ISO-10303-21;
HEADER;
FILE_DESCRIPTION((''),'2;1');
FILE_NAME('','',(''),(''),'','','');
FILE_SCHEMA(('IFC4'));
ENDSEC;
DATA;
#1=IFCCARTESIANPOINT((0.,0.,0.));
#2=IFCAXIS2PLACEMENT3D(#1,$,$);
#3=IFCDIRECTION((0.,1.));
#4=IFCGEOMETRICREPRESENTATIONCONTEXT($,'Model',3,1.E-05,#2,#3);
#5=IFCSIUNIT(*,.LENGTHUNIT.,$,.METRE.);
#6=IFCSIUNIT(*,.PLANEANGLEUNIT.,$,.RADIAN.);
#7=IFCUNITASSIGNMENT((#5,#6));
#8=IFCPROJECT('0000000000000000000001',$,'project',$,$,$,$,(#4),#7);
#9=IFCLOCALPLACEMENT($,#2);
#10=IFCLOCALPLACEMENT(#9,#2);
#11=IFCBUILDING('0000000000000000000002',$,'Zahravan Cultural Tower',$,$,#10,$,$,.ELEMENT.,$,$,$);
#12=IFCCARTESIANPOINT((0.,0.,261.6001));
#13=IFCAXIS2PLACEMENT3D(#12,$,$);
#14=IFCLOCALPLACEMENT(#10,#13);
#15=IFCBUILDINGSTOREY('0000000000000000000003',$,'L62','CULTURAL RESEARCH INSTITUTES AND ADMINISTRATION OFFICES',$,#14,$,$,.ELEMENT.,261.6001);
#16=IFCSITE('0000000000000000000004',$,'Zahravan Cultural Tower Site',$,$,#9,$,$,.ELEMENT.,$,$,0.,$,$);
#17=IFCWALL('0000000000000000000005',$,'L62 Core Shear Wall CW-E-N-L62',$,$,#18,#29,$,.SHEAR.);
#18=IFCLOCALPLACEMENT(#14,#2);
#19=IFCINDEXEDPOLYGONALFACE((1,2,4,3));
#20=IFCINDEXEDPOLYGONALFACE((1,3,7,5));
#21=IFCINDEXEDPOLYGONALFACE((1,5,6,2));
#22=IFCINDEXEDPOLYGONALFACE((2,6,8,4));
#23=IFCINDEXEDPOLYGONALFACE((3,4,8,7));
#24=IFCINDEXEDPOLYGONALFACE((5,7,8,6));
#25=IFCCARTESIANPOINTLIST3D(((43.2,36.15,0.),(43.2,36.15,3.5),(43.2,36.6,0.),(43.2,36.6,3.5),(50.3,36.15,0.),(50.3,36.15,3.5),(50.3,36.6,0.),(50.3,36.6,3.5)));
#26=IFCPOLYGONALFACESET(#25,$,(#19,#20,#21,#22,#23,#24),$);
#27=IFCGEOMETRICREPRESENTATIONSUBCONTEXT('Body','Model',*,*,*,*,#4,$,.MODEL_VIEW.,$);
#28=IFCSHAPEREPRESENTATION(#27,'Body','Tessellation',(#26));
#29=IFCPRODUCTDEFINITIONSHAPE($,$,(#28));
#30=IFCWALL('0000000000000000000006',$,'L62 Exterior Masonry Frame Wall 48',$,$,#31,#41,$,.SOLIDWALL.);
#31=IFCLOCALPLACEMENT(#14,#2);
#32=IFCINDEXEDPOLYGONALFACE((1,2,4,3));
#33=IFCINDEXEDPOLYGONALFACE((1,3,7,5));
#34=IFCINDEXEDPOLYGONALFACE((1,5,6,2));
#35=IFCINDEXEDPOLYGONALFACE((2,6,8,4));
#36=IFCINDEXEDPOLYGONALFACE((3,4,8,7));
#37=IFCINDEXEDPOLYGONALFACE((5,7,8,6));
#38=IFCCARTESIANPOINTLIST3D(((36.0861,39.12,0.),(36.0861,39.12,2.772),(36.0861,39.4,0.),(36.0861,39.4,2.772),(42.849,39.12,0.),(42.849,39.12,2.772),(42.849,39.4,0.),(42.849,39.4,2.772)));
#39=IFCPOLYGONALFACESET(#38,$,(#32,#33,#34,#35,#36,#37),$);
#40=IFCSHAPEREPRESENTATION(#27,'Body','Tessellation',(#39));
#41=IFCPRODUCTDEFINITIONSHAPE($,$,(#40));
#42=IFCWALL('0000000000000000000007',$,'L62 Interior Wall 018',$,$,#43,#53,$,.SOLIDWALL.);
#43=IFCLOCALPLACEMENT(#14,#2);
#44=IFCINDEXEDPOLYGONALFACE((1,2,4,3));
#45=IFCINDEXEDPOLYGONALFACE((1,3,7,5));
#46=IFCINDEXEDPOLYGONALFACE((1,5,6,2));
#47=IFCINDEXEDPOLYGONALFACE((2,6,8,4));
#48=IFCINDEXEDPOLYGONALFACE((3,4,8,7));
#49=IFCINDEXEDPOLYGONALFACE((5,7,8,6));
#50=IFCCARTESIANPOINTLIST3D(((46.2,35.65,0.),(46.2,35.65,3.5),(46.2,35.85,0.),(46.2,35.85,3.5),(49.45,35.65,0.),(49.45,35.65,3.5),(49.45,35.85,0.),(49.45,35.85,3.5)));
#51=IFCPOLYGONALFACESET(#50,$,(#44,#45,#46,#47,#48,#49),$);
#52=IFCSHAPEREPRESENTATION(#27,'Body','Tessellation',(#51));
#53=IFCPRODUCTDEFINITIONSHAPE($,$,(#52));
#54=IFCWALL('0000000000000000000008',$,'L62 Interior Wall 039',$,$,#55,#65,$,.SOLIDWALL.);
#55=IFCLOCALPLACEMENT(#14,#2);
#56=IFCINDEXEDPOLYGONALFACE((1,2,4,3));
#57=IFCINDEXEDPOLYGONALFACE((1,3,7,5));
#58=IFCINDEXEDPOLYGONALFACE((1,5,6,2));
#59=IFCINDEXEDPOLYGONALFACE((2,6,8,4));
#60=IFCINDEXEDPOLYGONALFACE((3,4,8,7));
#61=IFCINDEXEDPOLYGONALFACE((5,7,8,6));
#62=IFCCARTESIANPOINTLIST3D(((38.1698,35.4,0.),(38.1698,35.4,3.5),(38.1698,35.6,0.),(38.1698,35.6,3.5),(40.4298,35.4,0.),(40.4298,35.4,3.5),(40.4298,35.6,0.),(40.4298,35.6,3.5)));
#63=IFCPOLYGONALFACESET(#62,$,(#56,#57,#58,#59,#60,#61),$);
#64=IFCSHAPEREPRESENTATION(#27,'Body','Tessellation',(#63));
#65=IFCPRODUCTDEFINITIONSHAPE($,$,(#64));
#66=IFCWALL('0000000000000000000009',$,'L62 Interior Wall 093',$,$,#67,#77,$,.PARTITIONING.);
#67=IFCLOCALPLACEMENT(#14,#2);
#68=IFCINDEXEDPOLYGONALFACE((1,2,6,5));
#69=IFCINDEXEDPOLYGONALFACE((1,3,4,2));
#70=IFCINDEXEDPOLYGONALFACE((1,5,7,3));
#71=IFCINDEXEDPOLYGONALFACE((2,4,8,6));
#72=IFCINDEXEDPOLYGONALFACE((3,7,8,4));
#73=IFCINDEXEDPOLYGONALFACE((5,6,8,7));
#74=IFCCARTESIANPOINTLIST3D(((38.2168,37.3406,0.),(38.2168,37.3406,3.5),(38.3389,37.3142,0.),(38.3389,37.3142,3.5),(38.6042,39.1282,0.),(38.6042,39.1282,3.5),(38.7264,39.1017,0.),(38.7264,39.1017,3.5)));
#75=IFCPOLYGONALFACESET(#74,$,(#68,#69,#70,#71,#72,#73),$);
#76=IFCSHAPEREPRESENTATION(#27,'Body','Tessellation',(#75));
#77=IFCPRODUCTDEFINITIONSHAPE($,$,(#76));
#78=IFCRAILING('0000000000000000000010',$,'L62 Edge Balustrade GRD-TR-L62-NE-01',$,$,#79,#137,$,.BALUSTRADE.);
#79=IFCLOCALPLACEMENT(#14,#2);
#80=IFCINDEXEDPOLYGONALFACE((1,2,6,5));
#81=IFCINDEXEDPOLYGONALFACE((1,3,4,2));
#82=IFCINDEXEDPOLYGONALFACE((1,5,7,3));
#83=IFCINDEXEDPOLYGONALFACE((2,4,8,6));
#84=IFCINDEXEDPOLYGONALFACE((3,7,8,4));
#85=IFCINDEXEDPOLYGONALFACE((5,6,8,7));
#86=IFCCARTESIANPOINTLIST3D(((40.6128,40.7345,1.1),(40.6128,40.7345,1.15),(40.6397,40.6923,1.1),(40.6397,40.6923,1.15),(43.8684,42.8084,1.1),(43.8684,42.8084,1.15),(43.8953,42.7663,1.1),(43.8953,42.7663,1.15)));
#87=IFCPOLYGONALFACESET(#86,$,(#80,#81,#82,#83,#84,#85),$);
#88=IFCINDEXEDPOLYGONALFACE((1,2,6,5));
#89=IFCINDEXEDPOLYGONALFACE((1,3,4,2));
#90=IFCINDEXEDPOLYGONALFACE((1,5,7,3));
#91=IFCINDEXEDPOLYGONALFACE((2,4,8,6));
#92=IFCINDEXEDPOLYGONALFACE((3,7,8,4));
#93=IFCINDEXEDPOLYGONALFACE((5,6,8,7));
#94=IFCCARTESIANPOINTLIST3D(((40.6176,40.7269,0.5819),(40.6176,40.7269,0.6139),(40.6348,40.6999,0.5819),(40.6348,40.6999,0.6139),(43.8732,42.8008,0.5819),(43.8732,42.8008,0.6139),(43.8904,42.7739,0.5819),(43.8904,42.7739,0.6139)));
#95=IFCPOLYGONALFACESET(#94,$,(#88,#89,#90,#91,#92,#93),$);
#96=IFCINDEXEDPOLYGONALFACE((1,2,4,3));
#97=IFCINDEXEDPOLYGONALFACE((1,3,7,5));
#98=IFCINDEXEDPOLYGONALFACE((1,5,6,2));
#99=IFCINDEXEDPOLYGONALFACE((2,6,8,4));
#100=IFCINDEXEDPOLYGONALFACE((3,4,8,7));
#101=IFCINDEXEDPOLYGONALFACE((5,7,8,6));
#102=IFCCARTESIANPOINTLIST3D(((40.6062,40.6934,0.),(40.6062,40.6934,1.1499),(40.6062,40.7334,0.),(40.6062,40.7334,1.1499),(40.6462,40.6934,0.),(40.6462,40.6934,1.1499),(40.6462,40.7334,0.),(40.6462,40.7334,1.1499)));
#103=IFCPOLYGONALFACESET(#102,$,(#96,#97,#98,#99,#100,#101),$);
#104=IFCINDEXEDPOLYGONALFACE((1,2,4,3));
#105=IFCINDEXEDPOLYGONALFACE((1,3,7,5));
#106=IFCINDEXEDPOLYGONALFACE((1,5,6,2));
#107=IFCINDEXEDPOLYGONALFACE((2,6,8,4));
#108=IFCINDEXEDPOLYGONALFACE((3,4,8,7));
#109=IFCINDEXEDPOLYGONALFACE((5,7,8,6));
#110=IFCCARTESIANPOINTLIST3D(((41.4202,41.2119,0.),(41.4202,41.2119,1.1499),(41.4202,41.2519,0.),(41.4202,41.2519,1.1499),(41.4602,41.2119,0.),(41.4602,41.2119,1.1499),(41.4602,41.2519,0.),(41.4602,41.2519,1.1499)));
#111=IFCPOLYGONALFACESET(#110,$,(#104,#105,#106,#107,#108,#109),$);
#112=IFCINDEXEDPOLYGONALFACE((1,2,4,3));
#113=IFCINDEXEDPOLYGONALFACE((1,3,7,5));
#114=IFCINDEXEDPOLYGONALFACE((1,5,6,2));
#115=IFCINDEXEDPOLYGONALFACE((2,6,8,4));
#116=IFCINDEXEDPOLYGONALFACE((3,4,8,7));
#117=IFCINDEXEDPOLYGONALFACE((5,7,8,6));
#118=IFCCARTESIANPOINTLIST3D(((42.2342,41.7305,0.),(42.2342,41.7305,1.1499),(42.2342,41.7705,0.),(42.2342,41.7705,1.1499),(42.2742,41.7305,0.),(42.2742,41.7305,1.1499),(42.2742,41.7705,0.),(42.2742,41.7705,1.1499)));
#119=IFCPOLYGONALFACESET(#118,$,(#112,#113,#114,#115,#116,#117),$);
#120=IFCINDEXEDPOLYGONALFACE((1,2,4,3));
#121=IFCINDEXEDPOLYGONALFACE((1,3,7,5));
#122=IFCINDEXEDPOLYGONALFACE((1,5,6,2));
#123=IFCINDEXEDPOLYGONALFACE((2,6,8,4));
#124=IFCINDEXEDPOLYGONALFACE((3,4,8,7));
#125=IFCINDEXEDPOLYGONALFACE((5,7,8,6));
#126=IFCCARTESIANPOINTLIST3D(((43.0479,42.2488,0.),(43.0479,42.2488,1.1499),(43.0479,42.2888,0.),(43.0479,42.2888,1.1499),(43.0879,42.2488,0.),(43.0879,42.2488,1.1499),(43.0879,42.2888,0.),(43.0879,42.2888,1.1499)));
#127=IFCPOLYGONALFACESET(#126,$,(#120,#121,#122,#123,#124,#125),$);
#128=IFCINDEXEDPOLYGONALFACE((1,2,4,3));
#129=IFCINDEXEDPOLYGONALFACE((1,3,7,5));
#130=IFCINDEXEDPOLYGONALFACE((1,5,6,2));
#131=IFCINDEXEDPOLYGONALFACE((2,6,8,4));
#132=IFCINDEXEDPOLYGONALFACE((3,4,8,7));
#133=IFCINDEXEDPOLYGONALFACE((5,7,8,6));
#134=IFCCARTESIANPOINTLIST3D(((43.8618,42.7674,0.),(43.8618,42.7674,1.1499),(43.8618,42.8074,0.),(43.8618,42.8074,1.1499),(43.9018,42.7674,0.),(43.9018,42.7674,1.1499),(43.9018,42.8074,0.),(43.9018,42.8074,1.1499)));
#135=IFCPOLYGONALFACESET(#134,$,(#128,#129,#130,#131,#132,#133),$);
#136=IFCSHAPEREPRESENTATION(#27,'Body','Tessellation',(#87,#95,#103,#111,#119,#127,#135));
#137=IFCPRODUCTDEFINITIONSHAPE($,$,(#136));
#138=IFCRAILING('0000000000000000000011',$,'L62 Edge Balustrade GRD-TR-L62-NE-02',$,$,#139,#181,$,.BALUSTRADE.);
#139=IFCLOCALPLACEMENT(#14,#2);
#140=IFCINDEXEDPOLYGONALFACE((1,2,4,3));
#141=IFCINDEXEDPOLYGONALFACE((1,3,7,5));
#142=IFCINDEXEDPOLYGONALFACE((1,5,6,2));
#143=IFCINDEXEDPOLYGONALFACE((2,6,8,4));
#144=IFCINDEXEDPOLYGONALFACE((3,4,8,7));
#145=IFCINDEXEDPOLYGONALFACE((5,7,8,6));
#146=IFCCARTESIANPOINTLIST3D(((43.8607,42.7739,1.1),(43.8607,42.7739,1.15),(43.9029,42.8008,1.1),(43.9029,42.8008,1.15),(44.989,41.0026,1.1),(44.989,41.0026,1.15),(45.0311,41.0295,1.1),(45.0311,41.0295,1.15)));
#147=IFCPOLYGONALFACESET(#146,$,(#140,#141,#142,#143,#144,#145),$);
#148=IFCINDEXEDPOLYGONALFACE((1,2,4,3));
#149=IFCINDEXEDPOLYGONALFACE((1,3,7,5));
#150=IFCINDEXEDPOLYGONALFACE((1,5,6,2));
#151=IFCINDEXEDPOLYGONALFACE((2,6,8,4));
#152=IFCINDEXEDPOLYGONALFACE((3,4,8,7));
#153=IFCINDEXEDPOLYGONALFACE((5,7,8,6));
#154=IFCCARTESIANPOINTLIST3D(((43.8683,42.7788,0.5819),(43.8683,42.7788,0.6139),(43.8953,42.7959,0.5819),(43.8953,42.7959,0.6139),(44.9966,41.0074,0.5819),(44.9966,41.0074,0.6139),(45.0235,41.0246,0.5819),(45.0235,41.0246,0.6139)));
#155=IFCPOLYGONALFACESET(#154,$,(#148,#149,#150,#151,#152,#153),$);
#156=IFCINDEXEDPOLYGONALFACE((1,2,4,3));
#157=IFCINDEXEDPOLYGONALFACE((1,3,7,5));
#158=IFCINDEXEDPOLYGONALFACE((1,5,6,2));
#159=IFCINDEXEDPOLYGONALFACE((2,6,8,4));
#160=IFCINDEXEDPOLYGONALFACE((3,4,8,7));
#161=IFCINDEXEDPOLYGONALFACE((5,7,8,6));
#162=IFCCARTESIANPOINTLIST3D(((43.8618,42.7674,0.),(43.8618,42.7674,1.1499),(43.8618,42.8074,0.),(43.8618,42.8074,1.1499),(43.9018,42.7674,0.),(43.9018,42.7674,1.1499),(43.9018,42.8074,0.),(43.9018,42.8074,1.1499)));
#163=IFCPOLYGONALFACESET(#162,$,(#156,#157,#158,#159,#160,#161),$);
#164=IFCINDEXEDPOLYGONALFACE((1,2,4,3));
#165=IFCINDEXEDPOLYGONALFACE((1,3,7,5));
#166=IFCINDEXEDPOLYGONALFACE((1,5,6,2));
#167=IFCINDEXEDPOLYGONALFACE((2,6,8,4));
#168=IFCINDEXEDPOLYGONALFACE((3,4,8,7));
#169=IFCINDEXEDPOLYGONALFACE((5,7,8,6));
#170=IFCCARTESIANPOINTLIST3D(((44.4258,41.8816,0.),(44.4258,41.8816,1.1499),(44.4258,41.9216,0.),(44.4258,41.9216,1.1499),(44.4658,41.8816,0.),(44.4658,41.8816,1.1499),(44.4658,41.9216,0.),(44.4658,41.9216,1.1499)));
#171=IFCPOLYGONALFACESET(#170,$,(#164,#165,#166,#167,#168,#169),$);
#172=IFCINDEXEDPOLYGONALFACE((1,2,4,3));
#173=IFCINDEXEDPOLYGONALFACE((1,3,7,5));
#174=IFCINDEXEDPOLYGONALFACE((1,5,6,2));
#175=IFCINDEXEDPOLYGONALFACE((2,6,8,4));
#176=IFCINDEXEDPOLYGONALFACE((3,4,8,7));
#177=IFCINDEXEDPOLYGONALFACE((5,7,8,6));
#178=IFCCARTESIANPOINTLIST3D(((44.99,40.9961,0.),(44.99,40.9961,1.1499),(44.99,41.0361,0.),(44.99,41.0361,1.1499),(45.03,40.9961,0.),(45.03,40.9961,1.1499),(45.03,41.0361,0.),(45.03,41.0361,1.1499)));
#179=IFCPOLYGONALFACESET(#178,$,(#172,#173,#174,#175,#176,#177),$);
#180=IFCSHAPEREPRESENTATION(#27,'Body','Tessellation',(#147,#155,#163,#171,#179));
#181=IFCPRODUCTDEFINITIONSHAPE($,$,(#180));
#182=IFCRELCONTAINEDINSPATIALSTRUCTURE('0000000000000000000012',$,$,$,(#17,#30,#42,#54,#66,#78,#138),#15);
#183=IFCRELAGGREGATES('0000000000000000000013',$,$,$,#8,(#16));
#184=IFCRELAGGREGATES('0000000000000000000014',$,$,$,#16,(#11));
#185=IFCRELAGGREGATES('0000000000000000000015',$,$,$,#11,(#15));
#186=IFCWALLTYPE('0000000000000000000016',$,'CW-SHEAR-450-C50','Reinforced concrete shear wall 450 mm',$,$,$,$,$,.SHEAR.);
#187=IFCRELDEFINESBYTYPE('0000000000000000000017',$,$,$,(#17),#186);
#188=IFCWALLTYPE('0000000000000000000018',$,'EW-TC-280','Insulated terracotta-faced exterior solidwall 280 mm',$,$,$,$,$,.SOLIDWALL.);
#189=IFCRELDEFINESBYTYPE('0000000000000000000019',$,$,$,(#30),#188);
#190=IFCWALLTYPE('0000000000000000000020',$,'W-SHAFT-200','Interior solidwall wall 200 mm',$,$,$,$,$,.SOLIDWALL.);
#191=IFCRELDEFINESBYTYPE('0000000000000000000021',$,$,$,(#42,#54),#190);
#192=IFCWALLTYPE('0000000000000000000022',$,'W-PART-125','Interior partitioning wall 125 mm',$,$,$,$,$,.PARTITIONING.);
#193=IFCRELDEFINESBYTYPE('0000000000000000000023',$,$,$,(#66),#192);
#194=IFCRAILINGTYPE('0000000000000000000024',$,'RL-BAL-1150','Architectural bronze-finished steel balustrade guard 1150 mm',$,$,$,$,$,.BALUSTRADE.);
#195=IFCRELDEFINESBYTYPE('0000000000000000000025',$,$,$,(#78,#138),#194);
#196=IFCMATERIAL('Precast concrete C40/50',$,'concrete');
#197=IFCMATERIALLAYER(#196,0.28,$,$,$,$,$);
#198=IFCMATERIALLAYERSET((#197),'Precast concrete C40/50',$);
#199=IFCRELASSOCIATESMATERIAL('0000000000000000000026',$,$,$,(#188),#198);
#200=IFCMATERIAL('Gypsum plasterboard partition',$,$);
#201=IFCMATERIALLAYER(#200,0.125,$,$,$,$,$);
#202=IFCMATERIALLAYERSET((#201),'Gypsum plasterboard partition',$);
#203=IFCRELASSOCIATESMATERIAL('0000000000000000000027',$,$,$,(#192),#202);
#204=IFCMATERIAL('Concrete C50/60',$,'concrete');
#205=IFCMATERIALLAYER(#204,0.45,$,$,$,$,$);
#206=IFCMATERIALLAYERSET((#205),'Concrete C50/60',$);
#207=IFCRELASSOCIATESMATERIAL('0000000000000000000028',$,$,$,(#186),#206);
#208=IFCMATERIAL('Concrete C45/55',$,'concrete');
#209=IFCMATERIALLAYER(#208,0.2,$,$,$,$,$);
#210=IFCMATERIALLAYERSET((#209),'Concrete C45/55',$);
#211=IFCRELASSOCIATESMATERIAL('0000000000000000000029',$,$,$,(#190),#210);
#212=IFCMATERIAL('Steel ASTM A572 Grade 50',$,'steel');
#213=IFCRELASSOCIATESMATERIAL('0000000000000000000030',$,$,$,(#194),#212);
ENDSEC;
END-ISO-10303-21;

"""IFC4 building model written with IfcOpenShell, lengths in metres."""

from ifc_helpers import new_model, si_unit, direction, frame, frame_2d, origin, origin_2d, place, context, subcontext, project, spatial, rectangle, extrude, source, transform, mapped, material, layer, layer_set, type_object, element, save


model = new_model("IFC4")

# Units and contexts
model_context = context("Model", 3, precision=1e-05, world=origin(), true_north=direction((0.0, 1.0)))
body_context = subcontext(model_context, "Body", "Model", "MODEL_VIEW")
ifc_project = project(units=[si_unit("LENGTHUNIT", "METRE"), si_unit("PLANEANGLEUNIT", "RADIAN")], contexts=[model_context])

# Site, building, storey
site_placement = place(None, origin())
site = spatial("IfcSite", under=ifc_project, at=site_placement, Name="Zahravan Cultural Tower Site", CompositionType="ELEMENT", RefElevation=0.0)
building_placement = place(site_placement, origin())
building = spatial("IfcBuilding", under=site, at=building_placement, Name="Zahravan Cultural Tower", CompositionType="ELEMENT")
storey_placement = place(building_placement, frame((0.0, 0.0, 261.6001)))
storey = spatial("IfcBuildingStorey", under=building, at=storey_placement, Name="L62", Description="CULTURAL RESEARCH INSTITUTES AND ADMINISTRATION OFFICES", CompositionType="ELEMENT", Elevation=261.6001)

# Shared definitions
ifc_material_1 = material(Name="Concrete C50/60", Category="concrete")

# Shared definitions
ifc_material_2 = material(Name="Concrete C45/55", Category="concrete")

# Shared definitions
ifc_material_3 = material(Name="Precast concrete C40/50", Category="concrete")
ifc_layer_1 = layer(ifc_material_3, 0.28)
ifc_layer_set_1 = layer_set([ifc_layer_1], Name="Precast concrete C40/50")
wall_type_1 = type_object("IfcWallType", Name="EW-TC-280", Description="Insulated terracotta-faced exterior solidwall 280 mm", PredefinedType="SOLIDWALL", material=ifc_layer_set_1)
ifc_material_4 = material(Name="Gypsum plasterboard partition")
ifc_layer_2 = layer(ifc_material_4, 0.125)
ifc_layer_set_2 = layer_set([ifc_layer_2], Name="Gypsum plasterboard partition")
wall_type_2 = type_object("IfcWallType", Name="W-PART-125", Description="Interior partitioning wall 125 mm", PredefinedType="PARTITIONING", material=ifc_layer_set_2)

# Walls
ifc_layer_3 = layer(ifc_material_1, 0.45)
ifc_layer_set_3 = layer_set([ifc_layer_3], Name="Concrete C50/60")
wall_type_3 = type_object("IfcWallType", Name="CW-SHEAR-450-C50", Description="Reinforced concrete shear wall 450 mm", PredefinedType="SHEAR", material=ifc_layer_set_3)
shared_shape_1 = source(origin(), body_context, "Body", "SweptSolid", [
    extrude(rectangle(XDim=7.1001, YDim=0.45, at=frame_2d((3.55, 0.0))), origin(), (0.0, 0.0, 1.0), 3.5),
])
wall_1_placement = place(storey_placement, frame((43.2, 36.375, 0.0), z_axis=(0.0, 0.0, 1.0), x_axis=(1.0, 0.0, 0.0)))
element("IfcWall", 1, at=wall_1_placement, inside=storey, type_object=wall_type_3, Name="L62 Core Shear Wall CW-E-N-L62", PredefinedType="SHEAR", context=body_context, shape_type="MappedRepresentation", body=[
    mapped(shared_shape_1, transform((0.0, 0.0, 0.0), x_axis=(1.0, 0.0, 0.0), y_axis=(0.0, 1.0, 0.0), z_axis=(0.0, 0.0, 1.0), scale=1.0)),
])
shared_shape_2 = source(origin(), body_context, "Body", "SweptSolid", [
    extrude(rectangle(XDim=6.7629, YDim=0.28, at=frame_2d((3.3813, 0.0))), origin(), (0.0, 0.0, 1.0), 2.772),
])
wall_2_placement = place(storey_placement, frame((36.0862, 39.26, 0.0), z_axis=(0.0, 0.0, 1.0), x_axis=(1.0, 0.0, 0.0)))
element("IfcWall", 2, at=wall_2_placement, inside=storey, type_object=wall_type_1, Name="L62 Exterior Masonry Frame Wall 48", PredefinedType="SOLIDWALL", context=body_context, shape_type="MappedRepresentation", body=[
    mapped(shared_shape_2, transform((0.0, 0.0, 0.0), x_axis=(1.0, 0.0, 0.0), y_axis=(0.0, 1.0, 0.0), z_axis=(0.0, 0.0, 1.0), scale=1.0)),
])
ifc_layer_4 = layer(ifc_material_2, 0.2)
ifc_layer_set_4 = layer_set([ifc_layer_4], Name="Concrete C45/55")
wall_type_4 = type_object("IfcWallType", Name="W-SHAFT-200", Description="Interior solidwall wall 200 mm", PredefinedType="SOLIDWALL", material=ifc_layer_set_4)
shared_shape_3 = source(origin(), body_context, "Body", "SweptSolid", [
    extrude(rectangle(XDim=3.25, YDim=0.2, at=frame_2d((1.625, 0.0))), origin(), (0.0, 0.0, 1.0), 3.5),
])
wall_3_placement = place(storey_placement, frame((46.2, 35.75, 0.0), z_axis=(0.0, 0.0, 1.0), x_axis=(1.0, 0.0, 0.0)))
element("IfcWall", 3, at=wall_3_placement, inside=storey, type_object=wall_type_4, Name="L62 Interior Wall 018", PredefinedType="SOLIDWALL", context=body_context, shape_type="MappedRepresentation", body=[
    mapped(shared_shape_3, transform((0.0, 0.0, 0.0), x_axis=(1.0, 0.0, 0.0), y_axis=(0.0, 1.0, 0.0), z_axis=(0.0, 0.0, 1.0), scale=1.0)),
])
shared_shape_4 = source(origin(), body_context, "Body", "SweptSolid", [
    extrude(rectangle(XDim=2.26, YDim=0.2, at=frame_2d((1.1299, 0.0))), origin(), (0.0, 0.0, 1.0), 3.5),
])
wall_4_placement = place(storey_placement, frame((38.1699, 35.5, 0.0), z_axis=(0.0, 0.0, 1.0), x_axis=(1.0, 0.0, 0.0)))
element("IfcWall", 4, at=wall_4_placement, inside=storey, type_object=wall_type_4, Name="L62 Interior Wall 039", PredefinedType="SOLIDWALL", context=body_context, shape_type="MappedRepresentation", body=[
    mapped(shared_shape_4, transform((0.0, 0.0, 0.0), x_axis=(1.0, 0.0, 0.0), y_axis=(0.0, 1.0, 0.0), z_axis=(0.0, 0.0, 1.0), scale=1.0)),
])
shared_shape_5 = source(origin(), body_context, "Body", "SweptSolid", [
    extrude(rectangle(XDim=1.8291, YDim=0.125, at=frame_2d((0.9146, 0.0))), origin(), (0.0, 0.0, 1.0), 3.5),
])
wall_5_placement = place(storey_placement, frame((38.2778, 37.3274, 0.0), z_axis=(0.0, 0.0, 1.0), x_axis=(0.211826, 0.977307, 0.0)))
element("IfcWall", 5, at=wall_5_placement, inside=storey, type_object=wall_type_2, Name="L62 Interior Wall 093", PredefinedType="PARTITIONING", context=body_context, shape_type="MappedRepresentation", body=[
    mapped(shared_shape_5, transform((0.0, 0.0, 0.0), x_axis=(1.0, 0.0, 0.0), y_axis=(0.0, 1.0, 0.0), z_axis=(0.0, 0.0, 1.0), scale=1.0)),
])

# Railings
ifc_material_5 = material(Name="Steel ASTM A572 Grade 50", Category="steel")
railing_type = type_object("IfcRailingType", Name="RL-BAL-1150", Description="Architectural bronze-finished steel balustrade guard 1150 mm", PredefinedType="BALUSTRADE", material=ifc_material_5)
railing_1_placement = place(storey_placement, frame((40.6262, 40.7134, 0.0)))
element("IfcRailing", 6, at=railing_1_placement, inside=storey, type_object=railing_type, Name="L62 Edge Balustrade GRD-TR-L62-NE-01", PredefinedType="BALUSTRADE", context=body_context, shape_type="SweptSolid", body=[
    extrude(rectangle(XDim=0.05, YDim=0.05, at=origin_2d()), frame((0.0, 0.0, 1.125), z_axis=(0.843401, 0.537285, 0.0), x_axis=(-0.537285, 0.843401, 0.0)), (0.0, 0.0, 1.0), 3.8601),
    extrude(rectangle(XDim=0.032, YDim=0.032, at=origin_2d()), frame((0.0, 0.0, 0.5979), z_axis=(0.843401, 0.537285, 0.0), x_axis=(-0.537285, 0.843401, 0.0)), (0.0, 0.0, 1.0), 3.8601),
    extrude(rectangle(XDim=0.04, YDim=0.04, at=origin_2d()), origin(), (0.0, 0.0, 1.0), 1.1499),
    extrude(rectangle(XDim=0.04, YDim=0.04, at=origin_2d()), frame((0.814, 0.5186, 0.0)), (0.0, 0.0, 1.0), 1.1499),
    extrude(rectangle(XDim=0.04, YDim=0.04, at=origin_2d()), frame((1.6279, 1.0371, 0.0)), (0.0, 0.0, 1.0), 1.1499),
    extrude(rectangle(XDim=0.04, YDim=0.04, at=origin_2d()), frame((2.4417, 1.5554, 0.0)), (0.0, 0.0, 1.0), 1.1499),
    extrude(rectangle(XDim=0.04, YDim=0.04, at=origin_2d()), frame((3.2556, 2.074, 0.0)), (0.0, 0.0, 1.0), 1.1499),
])
railing_2_placement = place(storey_placement, frame((43.8818, 42.7874, 0.0)))
element("IfcRailing", 7, at=railing_2_placement, inside=storey, type_object=railing_type, Name="L62 Edge Balustrade GRD-TR-L62-NE-02", PredefinedType="BALUSTRADE", context=body_context, shape_type="SweptSolid", body=[
    extrude(rectangle(XDim=0.05, YDim=0.05, at=origin_2d()), frame((0.0, 0.0, 1.125), z_axis=(0.537221, -0.843441, 0.0), x_axis=(0.843441, 0.537221, 0.0)), (0.0, 0.0, 1.0), 2.1001),
    extrude(rectangle(XDim=0.032, YDim=0.032, at=origin_2d()), frame((0.0, 0.0, 0.5979), z_axis=(0.537221, -0.843441, 0.0), x_axis=(0.843441, 0.537221, 0.0)), (0.0, 0.0, 1.0), 2.1001),
    extrude(rectangle(XDim=0.04, YDim=0.04, at=origin_2d()), origin(), (0.0, 0.0, 1.0), 1.1499),
    extrude(rectangle(XDim=0.04, YDim=0.04, at=origin_2d()), frame((0.564, -0.8857, 0.0)), (0.0, 0.0, 1.0), 1.1499),
    extrude(rectangle(XDim=0.04, YDim=0.04, at=origin_2d()), frame((1.1282, -1.7712, 0.0)), (0.0, 0.0, 1.0), 1.1499),
])

save(model, "model.ifc")
